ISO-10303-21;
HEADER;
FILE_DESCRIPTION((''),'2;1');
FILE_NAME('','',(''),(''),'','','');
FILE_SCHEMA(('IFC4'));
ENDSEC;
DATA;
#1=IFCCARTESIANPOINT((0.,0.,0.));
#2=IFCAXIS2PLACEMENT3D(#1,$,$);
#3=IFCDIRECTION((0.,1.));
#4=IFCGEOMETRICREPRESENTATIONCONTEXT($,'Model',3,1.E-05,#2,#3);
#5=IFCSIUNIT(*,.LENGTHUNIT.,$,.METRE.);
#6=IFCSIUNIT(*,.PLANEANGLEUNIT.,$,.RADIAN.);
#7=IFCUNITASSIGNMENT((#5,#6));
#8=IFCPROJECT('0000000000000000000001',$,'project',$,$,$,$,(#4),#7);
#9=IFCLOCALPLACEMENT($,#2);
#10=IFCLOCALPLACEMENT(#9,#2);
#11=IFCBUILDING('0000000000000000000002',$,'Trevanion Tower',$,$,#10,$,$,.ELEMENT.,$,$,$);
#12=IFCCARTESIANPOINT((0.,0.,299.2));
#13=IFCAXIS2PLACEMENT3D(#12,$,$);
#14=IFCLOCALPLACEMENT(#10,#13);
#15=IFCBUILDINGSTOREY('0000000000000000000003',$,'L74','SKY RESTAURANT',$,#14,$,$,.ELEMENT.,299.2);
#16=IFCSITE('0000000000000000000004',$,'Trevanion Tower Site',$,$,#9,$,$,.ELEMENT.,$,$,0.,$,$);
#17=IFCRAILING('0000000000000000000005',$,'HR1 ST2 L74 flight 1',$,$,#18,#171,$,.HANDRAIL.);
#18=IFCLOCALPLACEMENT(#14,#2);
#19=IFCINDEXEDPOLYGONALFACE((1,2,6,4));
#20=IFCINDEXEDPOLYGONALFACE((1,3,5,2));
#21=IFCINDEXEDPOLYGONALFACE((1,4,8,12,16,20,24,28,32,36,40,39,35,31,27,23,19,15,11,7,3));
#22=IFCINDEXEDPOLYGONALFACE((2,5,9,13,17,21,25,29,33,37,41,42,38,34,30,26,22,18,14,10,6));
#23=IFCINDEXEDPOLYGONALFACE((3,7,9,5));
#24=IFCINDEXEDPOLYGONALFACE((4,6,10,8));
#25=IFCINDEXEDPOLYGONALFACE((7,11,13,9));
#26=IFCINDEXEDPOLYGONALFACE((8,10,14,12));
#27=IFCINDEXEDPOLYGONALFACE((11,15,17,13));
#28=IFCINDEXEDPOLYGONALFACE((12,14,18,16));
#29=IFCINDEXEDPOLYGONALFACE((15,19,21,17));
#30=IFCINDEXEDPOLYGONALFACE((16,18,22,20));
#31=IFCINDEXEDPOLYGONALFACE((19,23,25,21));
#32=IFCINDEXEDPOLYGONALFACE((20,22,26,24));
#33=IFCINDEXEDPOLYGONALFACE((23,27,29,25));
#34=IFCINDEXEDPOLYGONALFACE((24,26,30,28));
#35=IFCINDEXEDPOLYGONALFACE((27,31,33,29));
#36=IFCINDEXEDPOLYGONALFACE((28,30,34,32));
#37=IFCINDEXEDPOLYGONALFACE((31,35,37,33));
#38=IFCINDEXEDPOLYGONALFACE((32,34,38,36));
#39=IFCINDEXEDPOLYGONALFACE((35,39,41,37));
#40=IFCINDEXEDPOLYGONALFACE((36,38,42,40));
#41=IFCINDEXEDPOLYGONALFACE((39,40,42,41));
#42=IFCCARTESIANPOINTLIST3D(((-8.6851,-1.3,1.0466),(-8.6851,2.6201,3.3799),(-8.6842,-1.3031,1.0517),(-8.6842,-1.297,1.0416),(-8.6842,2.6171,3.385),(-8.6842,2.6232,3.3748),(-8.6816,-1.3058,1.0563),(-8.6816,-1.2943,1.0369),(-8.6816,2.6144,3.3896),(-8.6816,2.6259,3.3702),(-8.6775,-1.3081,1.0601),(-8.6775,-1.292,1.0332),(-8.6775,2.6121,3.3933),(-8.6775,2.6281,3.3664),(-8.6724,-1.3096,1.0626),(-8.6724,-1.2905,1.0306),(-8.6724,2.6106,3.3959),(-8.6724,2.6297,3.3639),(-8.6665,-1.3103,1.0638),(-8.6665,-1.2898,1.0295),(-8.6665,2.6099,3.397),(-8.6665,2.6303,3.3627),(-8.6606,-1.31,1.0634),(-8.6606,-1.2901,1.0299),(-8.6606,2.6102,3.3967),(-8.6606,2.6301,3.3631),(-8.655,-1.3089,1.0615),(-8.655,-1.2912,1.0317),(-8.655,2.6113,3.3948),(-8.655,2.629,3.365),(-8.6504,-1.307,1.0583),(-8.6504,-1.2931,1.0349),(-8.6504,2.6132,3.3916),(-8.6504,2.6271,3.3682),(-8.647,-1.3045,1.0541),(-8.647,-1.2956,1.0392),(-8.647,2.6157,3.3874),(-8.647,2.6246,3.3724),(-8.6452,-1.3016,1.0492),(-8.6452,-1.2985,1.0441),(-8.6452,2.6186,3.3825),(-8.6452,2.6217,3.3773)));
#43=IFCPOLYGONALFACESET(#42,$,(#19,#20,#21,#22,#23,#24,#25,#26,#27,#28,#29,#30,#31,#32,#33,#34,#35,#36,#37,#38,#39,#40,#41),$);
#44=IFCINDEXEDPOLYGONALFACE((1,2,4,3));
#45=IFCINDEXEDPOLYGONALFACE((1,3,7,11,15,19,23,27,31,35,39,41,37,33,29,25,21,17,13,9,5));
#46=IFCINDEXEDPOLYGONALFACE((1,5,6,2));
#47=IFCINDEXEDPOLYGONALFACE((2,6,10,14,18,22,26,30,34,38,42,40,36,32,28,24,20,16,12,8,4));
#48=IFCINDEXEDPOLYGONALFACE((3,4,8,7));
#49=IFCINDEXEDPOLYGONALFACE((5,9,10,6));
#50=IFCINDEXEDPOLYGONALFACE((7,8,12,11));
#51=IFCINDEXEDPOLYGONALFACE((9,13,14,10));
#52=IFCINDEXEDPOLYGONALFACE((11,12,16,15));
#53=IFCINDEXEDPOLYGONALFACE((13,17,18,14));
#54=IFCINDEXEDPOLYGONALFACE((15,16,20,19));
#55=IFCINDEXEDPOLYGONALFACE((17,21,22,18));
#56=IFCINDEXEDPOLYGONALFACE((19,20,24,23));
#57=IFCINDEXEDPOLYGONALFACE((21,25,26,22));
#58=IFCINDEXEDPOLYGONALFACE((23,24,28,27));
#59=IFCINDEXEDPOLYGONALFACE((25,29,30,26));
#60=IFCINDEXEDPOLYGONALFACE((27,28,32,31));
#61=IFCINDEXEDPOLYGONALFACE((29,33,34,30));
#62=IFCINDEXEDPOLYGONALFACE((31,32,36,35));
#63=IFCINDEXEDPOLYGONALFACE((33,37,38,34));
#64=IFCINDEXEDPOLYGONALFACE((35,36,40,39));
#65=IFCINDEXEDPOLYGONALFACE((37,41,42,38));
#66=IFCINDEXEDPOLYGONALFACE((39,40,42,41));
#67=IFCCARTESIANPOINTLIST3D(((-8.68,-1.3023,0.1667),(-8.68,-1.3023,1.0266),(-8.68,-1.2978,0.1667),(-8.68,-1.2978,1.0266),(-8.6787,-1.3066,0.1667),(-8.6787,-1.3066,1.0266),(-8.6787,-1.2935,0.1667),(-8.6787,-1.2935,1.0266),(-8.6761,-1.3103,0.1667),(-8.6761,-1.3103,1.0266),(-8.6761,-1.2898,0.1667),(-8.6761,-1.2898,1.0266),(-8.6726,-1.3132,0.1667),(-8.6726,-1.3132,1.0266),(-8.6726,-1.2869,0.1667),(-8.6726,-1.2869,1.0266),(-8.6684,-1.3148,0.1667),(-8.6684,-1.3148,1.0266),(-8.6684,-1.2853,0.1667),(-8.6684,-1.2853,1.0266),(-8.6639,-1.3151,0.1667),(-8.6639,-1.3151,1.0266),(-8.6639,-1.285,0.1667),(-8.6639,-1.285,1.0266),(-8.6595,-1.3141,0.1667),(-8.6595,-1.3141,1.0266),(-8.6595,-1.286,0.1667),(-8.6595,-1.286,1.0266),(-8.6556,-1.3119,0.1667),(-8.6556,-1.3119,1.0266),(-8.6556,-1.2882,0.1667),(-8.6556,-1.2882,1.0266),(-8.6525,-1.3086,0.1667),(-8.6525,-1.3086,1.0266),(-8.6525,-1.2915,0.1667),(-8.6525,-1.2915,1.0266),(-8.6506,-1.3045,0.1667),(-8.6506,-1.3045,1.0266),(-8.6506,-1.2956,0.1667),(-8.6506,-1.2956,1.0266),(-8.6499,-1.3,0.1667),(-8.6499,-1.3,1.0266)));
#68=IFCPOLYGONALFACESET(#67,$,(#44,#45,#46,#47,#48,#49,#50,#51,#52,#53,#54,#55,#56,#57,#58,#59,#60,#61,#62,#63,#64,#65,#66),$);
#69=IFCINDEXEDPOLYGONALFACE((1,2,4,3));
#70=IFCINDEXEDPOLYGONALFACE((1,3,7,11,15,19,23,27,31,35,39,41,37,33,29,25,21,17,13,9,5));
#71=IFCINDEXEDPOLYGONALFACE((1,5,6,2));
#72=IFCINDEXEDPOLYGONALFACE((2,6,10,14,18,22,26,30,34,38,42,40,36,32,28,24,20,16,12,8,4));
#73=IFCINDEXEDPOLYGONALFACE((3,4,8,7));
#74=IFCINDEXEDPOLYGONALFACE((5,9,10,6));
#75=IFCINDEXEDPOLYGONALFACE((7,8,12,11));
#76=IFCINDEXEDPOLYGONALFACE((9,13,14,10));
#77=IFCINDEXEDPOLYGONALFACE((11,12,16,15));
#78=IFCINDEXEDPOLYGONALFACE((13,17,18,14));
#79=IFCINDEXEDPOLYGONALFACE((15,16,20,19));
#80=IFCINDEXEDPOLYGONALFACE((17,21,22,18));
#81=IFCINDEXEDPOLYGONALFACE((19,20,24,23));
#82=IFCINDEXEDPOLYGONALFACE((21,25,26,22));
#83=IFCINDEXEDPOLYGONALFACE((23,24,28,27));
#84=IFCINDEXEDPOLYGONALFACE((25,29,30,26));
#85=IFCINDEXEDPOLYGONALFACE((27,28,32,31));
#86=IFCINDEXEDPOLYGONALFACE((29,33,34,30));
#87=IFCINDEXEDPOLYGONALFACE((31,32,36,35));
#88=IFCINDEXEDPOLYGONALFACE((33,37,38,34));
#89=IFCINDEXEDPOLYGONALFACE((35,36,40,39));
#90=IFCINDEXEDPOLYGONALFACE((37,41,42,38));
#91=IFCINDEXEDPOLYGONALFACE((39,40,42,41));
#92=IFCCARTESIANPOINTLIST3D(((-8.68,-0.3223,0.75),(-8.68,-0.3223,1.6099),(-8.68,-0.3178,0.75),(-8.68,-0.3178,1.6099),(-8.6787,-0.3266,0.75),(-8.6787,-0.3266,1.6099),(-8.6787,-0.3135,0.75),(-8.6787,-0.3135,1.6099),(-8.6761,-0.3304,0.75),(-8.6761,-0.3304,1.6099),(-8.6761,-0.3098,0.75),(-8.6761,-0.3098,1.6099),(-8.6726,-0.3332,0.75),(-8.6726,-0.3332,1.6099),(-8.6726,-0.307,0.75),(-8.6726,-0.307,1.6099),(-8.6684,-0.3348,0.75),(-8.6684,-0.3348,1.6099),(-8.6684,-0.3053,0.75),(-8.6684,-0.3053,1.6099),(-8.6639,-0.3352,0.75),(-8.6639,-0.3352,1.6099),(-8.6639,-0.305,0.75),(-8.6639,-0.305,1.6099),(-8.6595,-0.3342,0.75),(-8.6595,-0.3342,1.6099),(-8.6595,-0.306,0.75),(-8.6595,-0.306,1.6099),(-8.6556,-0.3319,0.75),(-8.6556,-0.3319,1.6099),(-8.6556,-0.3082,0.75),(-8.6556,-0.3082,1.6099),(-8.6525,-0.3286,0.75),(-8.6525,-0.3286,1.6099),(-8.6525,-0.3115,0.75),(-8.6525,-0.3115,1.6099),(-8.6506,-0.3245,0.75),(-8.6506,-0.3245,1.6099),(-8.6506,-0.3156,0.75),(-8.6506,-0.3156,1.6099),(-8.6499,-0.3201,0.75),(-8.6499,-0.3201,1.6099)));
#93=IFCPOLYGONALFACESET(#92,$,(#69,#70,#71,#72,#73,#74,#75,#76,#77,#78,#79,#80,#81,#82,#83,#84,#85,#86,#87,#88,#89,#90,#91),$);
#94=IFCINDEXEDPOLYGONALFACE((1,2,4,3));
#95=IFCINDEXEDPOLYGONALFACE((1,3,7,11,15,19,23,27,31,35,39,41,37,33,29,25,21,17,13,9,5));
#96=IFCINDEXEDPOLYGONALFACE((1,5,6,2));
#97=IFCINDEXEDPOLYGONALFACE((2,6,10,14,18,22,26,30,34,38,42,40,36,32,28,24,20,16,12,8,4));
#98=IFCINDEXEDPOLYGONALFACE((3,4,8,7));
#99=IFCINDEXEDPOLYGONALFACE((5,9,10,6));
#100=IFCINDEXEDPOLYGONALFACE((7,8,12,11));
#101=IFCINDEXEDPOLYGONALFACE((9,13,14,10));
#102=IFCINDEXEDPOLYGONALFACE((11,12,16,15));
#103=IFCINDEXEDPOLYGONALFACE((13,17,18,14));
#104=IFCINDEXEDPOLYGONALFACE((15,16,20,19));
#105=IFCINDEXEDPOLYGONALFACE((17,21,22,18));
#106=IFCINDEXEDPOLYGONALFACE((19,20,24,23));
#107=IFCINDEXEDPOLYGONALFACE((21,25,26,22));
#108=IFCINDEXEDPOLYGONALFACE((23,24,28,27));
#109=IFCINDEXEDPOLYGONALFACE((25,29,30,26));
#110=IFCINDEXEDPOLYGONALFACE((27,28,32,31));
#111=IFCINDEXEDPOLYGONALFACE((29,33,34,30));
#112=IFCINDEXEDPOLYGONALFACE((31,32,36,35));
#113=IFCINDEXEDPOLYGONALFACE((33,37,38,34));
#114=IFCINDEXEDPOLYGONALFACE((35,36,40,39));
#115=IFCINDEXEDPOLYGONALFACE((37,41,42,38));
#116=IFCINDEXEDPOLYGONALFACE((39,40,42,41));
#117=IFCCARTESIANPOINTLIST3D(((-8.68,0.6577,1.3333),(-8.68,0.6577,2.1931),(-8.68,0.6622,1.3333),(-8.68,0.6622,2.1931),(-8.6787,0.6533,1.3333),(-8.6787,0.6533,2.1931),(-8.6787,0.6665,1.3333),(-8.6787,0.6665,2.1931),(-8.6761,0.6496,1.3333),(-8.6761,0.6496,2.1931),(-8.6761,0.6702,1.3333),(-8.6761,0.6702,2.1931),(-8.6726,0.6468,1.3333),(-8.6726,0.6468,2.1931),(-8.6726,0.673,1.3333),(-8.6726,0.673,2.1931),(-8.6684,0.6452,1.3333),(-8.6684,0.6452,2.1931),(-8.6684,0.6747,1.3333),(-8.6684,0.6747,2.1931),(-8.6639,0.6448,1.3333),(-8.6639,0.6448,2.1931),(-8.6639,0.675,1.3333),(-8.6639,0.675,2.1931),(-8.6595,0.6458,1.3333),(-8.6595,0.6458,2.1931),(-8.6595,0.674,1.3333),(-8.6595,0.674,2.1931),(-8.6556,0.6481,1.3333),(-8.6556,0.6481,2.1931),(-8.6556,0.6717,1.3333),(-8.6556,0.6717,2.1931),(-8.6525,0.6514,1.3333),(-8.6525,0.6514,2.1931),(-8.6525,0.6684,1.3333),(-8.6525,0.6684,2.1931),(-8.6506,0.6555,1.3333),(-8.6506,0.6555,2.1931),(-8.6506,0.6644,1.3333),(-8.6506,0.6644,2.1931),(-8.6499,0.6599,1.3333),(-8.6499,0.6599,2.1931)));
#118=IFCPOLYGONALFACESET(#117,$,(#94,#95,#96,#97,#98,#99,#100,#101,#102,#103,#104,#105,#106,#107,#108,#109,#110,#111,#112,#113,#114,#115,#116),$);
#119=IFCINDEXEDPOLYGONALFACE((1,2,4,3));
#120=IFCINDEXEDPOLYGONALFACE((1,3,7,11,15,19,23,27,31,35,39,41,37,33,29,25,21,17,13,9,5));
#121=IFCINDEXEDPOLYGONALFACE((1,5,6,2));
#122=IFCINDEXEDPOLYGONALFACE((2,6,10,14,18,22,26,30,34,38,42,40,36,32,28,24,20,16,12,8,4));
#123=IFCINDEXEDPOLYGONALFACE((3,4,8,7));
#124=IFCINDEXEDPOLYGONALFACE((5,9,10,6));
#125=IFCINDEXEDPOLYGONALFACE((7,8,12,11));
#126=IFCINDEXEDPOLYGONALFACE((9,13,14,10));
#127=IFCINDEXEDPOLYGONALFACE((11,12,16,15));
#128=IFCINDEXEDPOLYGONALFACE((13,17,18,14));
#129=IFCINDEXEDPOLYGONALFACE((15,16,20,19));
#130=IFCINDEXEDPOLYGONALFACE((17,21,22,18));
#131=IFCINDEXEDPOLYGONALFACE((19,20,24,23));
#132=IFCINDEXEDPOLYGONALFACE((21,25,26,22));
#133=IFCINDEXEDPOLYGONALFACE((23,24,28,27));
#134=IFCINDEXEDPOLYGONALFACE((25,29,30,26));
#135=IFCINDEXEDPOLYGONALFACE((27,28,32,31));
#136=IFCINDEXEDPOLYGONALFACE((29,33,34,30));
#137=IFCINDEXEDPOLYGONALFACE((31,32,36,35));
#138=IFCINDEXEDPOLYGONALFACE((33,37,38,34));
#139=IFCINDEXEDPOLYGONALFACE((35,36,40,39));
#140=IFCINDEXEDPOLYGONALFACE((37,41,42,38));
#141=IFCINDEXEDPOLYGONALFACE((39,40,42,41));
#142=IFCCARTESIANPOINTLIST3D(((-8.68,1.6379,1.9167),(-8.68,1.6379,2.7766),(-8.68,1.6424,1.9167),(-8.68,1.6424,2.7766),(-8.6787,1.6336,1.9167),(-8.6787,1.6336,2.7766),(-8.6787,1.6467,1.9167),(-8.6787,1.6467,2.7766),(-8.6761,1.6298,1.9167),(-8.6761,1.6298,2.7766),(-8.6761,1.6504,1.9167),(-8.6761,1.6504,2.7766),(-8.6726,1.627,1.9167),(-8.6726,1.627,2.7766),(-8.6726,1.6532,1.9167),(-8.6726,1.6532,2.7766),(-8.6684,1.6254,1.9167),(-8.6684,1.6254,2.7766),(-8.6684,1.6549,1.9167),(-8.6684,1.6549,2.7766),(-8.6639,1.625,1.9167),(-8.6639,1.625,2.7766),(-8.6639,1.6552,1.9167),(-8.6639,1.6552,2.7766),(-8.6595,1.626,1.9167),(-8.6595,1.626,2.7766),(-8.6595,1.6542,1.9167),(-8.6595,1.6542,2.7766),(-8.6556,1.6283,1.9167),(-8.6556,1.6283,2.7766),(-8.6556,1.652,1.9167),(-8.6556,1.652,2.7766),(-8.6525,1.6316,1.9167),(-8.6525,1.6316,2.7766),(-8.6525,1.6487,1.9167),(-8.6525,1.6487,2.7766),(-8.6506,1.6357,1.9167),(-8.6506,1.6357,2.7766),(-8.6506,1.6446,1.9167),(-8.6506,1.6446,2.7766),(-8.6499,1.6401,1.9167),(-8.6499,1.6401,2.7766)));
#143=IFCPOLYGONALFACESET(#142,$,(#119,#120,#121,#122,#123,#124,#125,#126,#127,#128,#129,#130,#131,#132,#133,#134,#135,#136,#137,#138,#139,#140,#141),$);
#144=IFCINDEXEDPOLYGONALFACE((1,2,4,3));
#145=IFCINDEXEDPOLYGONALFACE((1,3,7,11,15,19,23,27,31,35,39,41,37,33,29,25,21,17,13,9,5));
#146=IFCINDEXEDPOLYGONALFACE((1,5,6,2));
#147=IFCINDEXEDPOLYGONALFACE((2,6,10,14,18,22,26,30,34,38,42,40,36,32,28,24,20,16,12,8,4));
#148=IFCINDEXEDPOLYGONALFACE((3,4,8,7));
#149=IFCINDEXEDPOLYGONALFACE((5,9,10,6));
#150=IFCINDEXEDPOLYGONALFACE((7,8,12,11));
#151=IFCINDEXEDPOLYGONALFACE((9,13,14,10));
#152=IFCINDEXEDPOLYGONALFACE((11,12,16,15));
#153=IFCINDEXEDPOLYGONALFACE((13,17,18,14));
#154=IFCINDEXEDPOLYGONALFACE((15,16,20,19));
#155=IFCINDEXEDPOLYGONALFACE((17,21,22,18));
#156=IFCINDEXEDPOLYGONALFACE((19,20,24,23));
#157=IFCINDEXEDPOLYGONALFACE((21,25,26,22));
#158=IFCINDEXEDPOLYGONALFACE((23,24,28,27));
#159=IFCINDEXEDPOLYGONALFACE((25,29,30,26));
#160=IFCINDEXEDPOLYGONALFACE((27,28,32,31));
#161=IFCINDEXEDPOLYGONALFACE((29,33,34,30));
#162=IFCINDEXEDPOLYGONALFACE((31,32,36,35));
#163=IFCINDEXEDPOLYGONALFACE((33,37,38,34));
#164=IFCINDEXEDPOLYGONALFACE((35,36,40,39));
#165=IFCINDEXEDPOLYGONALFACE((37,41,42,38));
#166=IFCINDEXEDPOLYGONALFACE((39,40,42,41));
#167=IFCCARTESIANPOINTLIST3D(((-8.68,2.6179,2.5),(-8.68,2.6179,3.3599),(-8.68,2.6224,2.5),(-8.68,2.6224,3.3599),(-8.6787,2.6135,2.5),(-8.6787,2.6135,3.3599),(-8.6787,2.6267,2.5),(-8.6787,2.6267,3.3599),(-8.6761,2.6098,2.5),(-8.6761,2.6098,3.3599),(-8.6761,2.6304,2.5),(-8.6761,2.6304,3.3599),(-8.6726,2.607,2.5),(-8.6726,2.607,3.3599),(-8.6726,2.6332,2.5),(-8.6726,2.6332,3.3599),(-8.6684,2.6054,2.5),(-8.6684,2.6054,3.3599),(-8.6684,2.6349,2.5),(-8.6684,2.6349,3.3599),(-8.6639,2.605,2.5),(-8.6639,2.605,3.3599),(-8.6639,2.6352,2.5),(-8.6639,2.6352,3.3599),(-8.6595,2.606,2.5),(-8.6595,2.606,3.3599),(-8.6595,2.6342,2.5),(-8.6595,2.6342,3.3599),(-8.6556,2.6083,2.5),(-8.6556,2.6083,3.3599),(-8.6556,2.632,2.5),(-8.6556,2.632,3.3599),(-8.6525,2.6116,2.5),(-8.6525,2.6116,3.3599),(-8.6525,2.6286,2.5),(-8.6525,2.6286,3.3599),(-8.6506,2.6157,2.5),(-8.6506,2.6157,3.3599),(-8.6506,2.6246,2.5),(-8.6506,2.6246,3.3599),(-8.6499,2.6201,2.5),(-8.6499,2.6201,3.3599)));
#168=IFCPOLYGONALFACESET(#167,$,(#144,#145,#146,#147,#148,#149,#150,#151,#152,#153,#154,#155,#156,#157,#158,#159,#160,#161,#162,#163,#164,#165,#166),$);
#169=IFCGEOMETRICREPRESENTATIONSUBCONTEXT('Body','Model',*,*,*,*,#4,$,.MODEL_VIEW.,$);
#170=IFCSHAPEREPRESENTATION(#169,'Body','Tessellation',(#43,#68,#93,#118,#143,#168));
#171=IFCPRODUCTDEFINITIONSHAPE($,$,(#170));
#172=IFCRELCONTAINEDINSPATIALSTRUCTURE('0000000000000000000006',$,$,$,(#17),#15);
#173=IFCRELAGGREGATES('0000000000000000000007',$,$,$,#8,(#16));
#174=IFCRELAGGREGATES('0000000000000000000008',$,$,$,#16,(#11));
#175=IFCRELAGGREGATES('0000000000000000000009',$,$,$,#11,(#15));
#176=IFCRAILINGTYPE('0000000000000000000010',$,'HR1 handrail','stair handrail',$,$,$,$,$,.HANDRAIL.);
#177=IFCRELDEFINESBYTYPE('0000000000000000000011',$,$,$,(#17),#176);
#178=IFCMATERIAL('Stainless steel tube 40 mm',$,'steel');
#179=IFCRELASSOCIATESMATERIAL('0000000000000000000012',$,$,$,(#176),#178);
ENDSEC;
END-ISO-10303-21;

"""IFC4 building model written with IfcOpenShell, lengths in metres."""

from ifc_helpers import new_model, si_unit, direction, frame, origin, origin_2d, place, context, subcontext, project, spatial, circle, extrude, material, type_object, element, save


model = new_model("IFC4")

# Units and contexts
model_context = context("Model", 3, precision=1e-05, world=origin(), true_north=direction((0.0, 1.0)))
body_context = subcontext(model_context, "Body", "Model", "MODEL_VIEW")
ifc_project = project(units=[si_unit("LENGTHUNIT", "METRE"), si_unit("PLANEANGLEUNIT", "RADIAN")], contexts=[model_context])

# Site, building, storey
site_placement = place(None, origin())
site = spatial("IfcSite", under=ifc_project, at=site_placement, Name="Trevanion Tower Site", CompositionType="ELEMENT", RefElevation=0.0)
building_placement = place(site_placement, origin())
building = spatial("IfcBuilding", under=site, at=building_placement, Name="Trevanion Tower", CompositionType="ELEMENT")
storey_placement = place(building_placement, frame((0.0, 0.0, 299.2)))
storey = spatial("IfcBuildingStorey", under=building, at=storey_placement, Name="L74", Description="SKY RESTAURANT", CompositionType="ELEMENT", Elevation=299.2)

# Railing
ifc_material_1 = material(Name="Stainless steel tube 40 mm", Category="steel")
railing_type = type_object("IfcRailingType", Name="HR1 handrail", Description="stair handrail", PredefinedType="HANDRAIL", material=ifc_material_1)
for number, where, name in (
    (1, (-8.665, -1.3, 0.1667), "HR1 ST2 L74 flight 1"),
):
    element("IfcRailing", number, at=place(storey_placement, frame(where)), inside=storey, type_object=railing_type, Name=name, PredefinedType="HANDRAIL", context=body_context, shape_type="SweptSolid", body=[
        extrude(circle(Radius=0.02, at=origin_2d()), frame((0.0, 0.0, 0.8799), z_axis=(0.0, 0.85931, 0.511455), x_axis=(-1.0, 0.0, 0.0)), (0.0, 0.0, 1.0), 4.562),
        extrude(circle(Radius=0.0151, at=origin_2d()), origin(), (0.0, 0.0, 1.0), 0.8599),
        extrude(circle(Radius=0.0151, at=origin_2d()), frame((0.0, 0.98, 0.5833)), (0.0, 0.0, 1.0), 0.8599),
        extrude(circle(Radius=0.0151, at=origin_2d()), frame((0.0, 1.96, 1.1665)), (0.0, 0.0, 1.0), 0.8599),
        extrude(circle(Radius=0.0151, at=origin_2d()), frame((0.0, 2.9402, 1.75)), (0.0, 0.0, 1.0), 0.8599),
        extrude(circle(Radius=0.0151, at=origin_2d()), frame((0.0, 3.9202, 2.3333)), (0.0, 0.0, 1.0), 0.8599),
    ])

save(model, "model.ifc")
